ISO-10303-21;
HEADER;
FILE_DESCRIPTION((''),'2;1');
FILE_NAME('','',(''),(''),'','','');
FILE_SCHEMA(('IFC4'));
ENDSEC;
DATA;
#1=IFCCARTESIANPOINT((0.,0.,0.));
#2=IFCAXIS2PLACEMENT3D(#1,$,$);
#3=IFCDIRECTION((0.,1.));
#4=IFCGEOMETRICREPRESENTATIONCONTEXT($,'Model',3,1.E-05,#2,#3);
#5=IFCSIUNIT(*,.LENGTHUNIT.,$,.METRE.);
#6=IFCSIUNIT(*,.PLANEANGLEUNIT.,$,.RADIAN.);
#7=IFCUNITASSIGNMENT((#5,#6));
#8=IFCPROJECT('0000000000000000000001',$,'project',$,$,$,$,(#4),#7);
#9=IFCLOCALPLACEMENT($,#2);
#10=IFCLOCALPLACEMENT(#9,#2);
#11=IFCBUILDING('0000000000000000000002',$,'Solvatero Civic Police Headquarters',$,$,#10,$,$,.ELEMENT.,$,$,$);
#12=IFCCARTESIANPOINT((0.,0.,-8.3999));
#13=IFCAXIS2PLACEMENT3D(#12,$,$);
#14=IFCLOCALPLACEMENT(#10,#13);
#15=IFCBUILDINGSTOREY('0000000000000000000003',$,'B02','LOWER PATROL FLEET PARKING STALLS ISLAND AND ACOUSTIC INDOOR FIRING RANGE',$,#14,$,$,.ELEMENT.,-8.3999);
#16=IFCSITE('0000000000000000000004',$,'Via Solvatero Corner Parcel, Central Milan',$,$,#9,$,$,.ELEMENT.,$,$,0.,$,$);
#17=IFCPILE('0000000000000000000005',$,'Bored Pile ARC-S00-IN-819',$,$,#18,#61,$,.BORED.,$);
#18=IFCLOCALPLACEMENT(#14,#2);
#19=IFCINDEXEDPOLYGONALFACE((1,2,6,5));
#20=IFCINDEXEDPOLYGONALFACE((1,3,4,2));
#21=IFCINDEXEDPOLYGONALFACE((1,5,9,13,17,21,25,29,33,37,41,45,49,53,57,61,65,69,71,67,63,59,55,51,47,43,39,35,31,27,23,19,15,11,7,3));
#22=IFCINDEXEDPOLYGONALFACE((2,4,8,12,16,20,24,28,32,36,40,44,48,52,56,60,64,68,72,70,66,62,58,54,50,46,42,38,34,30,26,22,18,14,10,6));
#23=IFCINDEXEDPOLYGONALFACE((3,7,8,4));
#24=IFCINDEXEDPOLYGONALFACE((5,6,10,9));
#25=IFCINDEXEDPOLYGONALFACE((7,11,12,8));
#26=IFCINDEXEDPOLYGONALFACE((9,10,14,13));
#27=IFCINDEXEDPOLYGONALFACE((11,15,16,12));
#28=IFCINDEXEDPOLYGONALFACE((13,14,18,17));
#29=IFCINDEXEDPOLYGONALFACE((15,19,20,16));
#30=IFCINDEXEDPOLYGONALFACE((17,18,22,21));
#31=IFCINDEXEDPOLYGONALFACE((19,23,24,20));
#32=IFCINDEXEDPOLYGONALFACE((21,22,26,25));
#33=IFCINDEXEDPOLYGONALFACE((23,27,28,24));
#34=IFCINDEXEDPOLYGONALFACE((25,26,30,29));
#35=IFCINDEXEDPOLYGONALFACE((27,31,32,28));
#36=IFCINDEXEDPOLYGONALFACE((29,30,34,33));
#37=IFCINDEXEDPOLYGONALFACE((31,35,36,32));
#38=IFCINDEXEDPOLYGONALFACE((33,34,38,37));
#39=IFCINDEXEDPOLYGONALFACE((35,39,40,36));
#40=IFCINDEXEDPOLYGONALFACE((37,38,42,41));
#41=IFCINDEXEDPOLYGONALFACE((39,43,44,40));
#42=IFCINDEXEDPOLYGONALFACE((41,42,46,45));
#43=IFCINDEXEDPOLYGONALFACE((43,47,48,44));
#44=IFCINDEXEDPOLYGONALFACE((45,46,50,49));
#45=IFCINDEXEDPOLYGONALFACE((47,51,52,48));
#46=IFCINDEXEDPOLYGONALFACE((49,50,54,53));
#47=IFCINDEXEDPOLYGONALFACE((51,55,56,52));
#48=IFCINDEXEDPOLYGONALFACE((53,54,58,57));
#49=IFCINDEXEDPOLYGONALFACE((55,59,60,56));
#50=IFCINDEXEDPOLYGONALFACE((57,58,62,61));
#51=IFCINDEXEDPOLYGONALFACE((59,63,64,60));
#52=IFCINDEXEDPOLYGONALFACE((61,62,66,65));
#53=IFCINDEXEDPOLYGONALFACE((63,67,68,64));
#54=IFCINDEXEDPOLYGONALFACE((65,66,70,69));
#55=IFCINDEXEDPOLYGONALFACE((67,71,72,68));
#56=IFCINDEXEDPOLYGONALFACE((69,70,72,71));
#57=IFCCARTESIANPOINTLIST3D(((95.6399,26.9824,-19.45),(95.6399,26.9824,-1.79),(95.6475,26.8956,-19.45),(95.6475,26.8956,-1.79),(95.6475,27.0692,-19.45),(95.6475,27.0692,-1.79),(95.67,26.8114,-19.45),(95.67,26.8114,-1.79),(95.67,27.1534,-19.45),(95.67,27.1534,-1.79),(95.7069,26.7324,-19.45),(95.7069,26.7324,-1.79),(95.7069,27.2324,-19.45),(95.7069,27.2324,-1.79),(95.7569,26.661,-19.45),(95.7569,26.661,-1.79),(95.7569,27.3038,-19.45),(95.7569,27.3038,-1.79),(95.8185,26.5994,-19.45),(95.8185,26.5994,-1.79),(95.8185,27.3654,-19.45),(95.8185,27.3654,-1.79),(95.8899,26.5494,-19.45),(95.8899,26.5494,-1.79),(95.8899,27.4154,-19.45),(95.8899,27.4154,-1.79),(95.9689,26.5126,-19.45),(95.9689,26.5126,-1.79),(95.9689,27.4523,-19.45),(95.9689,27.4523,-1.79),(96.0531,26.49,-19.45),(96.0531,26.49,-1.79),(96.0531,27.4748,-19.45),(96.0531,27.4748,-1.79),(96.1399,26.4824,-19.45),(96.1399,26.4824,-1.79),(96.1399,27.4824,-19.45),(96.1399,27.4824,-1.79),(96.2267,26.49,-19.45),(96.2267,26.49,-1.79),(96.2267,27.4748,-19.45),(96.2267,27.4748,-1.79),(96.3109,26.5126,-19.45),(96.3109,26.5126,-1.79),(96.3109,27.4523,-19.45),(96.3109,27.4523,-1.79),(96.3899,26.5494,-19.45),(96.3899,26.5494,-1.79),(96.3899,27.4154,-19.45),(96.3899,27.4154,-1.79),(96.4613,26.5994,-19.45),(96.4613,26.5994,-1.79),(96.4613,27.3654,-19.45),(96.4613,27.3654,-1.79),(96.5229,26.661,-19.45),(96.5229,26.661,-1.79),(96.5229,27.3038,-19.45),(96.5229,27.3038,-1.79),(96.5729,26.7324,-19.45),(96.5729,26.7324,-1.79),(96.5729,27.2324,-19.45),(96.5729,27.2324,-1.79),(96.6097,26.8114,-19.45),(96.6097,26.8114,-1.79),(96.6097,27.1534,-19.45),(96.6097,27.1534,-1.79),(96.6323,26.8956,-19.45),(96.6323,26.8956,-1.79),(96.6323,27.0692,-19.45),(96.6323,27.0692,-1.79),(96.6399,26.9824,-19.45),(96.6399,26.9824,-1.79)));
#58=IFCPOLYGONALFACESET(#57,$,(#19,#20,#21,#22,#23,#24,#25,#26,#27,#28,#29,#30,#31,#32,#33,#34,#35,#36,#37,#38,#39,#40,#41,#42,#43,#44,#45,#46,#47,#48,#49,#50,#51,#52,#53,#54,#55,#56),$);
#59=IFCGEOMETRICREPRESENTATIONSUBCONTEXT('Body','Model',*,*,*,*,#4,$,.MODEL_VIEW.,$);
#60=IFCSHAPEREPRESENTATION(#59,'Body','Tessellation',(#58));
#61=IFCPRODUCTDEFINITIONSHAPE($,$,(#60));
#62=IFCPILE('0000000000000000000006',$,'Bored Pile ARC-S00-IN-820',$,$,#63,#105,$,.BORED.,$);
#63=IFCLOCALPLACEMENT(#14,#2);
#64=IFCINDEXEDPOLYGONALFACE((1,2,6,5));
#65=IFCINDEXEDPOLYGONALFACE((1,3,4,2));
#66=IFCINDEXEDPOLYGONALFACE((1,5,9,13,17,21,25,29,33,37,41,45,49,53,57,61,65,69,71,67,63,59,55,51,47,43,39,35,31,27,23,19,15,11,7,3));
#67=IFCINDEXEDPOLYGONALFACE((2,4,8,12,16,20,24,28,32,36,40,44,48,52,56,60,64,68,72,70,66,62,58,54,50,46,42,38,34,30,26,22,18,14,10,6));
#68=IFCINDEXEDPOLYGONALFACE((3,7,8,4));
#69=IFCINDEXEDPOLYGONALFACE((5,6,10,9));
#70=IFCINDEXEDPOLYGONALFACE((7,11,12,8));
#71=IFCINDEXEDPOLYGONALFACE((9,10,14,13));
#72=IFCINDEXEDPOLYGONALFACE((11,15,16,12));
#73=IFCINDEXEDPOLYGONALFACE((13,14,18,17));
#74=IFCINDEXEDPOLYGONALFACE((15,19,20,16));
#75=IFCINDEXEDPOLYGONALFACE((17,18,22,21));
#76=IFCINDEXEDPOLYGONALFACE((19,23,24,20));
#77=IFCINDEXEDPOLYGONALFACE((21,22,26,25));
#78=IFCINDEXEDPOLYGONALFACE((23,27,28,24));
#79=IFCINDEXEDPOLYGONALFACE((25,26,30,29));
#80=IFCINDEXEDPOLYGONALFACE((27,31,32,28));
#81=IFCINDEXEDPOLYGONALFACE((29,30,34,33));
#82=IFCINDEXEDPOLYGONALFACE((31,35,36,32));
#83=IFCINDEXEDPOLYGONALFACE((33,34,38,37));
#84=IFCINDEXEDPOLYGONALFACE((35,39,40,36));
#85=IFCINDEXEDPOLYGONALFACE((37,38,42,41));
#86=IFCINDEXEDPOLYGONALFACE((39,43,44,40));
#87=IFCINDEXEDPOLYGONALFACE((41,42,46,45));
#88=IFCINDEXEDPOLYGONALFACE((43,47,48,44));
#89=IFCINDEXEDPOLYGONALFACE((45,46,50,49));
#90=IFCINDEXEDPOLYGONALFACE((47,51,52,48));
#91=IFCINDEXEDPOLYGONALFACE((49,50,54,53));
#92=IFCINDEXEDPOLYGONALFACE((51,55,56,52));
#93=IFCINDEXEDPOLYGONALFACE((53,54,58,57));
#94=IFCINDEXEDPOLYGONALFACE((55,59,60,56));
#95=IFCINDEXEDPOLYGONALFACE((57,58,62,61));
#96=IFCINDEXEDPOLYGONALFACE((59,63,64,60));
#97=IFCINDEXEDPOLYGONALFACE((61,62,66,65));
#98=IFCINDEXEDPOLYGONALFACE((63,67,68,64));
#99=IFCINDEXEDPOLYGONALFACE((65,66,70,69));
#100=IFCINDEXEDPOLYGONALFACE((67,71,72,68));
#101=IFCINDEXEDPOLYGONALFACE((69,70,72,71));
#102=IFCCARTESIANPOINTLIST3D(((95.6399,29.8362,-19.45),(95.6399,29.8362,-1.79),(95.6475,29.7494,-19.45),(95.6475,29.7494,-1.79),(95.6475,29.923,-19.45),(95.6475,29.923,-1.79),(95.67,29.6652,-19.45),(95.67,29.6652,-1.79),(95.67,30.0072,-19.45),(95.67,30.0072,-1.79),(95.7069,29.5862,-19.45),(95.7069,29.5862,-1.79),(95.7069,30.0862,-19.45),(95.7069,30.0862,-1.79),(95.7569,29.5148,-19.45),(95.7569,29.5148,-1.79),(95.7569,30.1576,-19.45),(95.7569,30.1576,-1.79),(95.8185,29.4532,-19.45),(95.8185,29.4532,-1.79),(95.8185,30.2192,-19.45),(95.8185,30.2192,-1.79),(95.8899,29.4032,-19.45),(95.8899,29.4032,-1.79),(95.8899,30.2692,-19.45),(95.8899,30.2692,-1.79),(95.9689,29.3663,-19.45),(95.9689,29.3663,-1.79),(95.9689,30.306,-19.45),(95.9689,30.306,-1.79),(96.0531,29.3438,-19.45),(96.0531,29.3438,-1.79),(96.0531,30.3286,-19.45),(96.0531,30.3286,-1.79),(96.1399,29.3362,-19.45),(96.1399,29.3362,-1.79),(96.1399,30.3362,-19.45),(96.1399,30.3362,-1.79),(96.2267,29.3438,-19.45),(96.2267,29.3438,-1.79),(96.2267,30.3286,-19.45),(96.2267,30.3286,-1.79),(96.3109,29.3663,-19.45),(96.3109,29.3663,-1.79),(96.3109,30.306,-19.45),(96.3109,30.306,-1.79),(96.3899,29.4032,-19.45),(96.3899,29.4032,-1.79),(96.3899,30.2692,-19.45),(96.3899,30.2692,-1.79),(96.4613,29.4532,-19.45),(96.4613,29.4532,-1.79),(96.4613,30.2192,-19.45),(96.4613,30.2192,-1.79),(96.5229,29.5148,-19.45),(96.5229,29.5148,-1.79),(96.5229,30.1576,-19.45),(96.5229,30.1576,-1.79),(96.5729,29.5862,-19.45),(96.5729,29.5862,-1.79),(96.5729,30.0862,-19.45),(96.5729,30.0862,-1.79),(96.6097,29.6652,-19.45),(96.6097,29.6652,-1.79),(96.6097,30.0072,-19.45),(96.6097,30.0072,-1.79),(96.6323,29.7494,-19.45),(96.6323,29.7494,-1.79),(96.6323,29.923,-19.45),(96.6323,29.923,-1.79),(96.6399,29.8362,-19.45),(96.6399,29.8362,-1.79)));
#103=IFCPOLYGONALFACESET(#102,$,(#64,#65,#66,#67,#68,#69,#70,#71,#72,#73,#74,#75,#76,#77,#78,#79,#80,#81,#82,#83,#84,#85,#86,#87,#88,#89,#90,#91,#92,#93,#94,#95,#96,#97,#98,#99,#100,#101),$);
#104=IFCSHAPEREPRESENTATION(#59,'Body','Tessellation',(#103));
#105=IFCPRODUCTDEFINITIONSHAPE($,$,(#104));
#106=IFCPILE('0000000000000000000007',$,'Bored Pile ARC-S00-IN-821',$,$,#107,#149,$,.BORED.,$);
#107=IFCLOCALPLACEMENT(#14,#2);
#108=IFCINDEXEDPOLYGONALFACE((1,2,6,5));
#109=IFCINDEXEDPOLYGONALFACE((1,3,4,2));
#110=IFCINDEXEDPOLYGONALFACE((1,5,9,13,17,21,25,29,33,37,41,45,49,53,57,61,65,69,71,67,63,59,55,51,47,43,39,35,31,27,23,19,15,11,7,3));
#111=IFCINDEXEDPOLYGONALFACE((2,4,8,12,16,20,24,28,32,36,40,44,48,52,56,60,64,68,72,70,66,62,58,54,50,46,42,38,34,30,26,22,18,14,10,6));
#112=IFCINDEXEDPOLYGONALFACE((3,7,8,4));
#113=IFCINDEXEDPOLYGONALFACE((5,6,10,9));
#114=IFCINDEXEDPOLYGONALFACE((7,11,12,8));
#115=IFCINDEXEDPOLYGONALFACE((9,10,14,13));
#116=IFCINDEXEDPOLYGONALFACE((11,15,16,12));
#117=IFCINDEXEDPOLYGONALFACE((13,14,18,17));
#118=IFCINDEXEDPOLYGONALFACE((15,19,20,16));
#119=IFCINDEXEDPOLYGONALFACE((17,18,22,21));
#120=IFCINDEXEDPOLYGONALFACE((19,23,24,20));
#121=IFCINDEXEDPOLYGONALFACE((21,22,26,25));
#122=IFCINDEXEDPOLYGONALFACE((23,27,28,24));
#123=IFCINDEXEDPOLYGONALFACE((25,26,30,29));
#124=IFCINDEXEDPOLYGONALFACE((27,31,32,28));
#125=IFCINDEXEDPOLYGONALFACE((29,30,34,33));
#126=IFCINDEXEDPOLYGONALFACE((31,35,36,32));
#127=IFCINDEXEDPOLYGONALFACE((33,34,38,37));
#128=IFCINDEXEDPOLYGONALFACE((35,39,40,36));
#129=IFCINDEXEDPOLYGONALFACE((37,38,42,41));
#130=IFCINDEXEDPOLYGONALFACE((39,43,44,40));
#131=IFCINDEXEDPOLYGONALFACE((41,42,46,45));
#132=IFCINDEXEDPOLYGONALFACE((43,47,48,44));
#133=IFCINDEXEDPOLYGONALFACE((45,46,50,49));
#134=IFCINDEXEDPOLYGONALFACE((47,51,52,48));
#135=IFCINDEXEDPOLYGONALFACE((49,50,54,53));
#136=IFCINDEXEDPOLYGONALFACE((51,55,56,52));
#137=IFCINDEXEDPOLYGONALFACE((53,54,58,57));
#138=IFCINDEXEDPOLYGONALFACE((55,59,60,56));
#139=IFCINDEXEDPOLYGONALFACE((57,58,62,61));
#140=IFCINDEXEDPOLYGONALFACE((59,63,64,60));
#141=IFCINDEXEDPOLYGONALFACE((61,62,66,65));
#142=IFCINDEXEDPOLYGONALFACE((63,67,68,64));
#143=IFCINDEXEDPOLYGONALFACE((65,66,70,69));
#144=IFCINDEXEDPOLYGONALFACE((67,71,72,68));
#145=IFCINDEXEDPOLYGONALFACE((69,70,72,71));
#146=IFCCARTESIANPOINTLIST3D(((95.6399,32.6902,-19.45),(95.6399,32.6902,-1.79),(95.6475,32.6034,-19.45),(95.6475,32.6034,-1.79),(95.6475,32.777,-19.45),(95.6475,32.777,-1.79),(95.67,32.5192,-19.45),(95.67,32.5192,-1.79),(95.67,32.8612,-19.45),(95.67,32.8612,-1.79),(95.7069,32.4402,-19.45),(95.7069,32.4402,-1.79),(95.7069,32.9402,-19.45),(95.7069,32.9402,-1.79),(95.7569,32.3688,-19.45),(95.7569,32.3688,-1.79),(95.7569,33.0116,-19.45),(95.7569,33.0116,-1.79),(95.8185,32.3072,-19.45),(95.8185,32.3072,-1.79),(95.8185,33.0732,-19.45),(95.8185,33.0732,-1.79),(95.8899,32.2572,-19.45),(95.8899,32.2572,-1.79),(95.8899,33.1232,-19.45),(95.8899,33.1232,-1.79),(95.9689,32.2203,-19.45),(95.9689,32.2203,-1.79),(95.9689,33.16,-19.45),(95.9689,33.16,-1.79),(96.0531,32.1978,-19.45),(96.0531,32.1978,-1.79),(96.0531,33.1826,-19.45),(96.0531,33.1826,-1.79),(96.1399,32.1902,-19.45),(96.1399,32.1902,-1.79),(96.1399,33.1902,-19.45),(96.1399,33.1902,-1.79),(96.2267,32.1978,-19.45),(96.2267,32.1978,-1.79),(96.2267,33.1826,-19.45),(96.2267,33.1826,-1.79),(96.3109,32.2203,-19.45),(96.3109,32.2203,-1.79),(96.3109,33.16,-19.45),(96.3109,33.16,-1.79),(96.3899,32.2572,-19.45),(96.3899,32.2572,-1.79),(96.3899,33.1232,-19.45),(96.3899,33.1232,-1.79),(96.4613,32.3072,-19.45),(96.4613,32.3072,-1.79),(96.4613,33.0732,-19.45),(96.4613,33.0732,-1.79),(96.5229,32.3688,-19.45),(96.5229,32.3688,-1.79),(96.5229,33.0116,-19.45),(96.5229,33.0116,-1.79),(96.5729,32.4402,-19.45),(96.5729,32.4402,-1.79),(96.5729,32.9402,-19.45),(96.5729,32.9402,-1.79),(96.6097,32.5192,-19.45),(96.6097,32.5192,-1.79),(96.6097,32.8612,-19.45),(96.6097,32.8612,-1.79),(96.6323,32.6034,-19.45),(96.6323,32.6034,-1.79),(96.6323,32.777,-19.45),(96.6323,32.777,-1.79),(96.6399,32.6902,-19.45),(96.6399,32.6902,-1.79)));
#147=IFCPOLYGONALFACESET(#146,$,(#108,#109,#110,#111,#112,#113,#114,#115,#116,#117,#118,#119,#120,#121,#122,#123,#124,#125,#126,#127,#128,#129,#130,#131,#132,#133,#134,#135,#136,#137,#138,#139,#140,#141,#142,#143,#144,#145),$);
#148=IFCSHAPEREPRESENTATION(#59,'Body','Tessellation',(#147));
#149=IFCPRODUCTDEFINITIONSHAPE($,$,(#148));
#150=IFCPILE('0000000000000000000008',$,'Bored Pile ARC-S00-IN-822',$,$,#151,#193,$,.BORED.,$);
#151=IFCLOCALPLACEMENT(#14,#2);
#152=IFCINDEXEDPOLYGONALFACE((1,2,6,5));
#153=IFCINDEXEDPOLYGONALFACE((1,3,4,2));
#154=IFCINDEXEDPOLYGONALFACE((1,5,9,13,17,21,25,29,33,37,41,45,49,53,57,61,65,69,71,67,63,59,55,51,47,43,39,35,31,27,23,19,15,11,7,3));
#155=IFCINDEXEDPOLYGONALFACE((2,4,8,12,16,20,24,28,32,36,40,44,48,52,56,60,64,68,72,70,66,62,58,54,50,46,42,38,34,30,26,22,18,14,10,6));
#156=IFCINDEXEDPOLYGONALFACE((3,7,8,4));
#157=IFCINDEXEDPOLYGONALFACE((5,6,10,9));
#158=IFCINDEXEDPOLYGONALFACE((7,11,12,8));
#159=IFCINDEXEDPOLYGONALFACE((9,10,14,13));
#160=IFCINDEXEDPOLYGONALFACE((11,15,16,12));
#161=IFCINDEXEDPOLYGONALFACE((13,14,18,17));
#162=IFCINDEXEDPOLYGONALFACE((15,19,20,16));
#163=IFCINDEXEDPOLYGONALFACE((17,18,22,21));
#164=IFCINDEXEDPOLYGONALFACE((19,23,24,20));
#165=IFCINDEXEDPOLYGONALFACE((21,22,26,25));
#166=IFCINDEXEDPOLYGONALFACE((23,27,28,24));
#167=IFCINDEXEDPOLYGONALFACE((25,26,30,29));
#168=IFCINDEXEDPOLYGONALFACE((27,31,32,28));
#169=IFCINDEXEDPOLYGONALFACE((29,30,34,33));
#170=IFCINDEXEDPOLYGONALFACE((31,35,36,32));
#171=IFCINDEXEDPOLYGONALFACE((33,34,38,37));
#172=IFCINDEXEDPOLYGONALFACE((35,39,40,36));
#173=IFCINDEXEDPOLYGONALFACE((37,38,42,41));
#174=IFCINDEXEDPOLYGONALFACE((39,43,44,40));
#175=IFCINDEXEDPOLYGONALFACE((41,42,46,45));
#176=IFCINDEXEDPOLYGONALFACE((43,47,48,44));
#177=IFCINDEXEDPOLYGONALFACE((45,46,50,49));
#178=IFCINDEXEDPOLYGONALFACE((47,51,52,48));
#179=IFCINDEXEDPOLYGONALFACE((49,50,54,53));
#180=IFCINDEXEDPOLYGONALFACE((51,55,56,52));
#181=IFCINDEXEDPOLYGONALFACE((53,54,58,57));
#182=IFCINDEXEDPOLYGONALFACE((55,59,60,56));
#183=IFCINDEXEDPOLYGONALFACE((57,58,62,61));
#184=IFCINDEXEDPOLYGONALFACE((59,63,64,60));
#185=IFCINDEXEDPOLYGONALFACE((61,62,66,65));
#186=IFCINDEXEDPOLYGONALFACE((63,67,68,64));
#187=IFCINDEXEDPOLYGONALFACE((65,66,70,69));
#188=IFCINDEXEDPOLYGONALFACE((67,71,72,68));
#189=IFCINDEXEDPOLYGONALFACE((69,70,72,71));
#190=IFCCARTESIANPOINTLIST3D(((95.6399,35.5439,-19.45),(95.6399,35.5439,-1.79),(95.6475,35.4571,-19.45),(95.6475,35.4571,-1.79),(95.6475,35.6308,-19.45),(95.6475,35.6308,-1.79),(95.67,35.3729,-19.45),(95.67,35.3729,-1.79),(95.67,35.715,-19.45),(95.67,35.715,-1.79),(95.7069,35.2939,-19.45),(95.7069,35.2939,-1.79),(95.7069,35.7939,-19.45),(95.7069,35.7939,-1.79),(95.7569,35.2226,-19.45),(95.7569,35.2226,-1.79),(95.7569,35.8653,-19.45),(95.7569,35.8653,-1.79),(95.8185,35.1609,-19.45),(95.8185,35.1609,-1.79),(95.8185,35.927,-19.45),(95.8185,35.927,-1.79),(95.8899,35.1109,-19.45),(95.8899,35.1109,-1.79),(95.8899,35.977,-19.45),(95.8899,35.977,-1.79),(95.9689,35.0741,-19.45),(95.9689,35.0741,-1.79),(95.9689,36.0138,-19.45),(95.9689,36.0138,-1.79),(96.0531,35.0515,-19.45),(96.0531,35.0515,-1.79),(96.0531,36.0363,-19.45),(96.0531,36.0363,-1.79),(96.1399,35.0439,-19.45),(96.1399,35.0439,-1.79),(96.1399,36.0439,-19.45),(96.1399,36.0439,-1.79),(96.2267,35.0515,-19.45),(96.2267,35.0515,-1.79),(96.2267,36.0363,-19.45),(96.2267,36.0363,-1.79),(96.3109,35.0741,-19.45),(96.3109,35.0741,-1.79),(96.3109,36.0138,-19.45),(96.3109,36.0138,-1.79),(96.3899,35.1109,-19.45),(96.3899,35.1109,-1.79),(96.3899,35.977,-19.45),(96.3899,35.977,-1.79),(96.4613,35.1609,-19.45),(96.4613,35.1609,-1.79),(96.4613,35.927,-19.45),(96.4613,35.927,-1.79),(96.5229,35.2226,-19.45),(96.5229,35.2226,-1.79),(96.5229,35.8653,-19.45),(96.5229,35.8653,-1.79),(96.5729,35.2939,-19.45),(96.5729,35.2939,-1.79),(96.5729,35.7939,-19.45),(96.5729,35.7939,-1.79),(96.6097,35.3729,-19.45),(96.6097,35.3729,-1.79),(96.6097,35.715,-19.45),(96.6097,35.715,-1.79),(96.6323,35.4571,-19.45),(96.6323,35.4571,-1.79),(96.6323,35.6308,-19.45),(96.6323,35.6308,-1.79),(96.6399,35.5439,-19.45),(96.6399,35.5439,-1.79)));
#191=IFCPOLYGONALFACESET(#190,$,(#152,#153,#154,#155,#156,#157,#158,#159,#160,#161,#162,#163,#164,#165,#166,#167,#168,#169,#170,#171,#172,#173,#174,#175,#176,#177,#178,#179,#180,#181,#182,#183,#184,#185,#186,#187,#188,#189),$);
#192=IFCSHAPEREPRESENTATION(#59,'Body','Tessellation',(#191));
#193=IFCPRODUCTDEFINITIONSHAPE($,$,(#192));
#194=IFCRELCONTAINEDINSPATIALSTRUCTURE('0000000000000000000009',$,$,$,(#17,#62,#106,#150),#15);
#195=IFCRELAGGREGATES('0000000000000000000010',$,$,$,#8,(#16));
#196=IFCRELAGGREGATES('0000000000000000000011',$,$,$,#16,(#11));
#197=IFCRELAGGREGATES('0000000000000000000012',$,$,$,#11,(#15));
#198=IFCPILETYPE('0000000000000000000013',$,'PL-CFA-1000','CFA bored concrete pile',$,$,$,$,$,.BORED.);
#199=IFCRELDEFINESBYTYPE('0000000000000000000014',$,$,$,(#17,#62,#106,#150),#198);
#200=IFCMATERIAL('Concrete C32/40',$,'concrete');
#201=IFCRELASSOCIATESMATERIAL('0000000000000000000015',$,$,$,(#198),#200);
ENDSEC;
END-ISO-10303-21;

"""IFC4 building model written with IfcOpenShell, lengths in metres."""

from ifc_helpers import new_model, si_unit, direction, frame, origin, origin_2d, place, context, subcontext, project, spatial, circle, extrude, material, material_profile, profile_set, type_object, element, save


model = new_model("IFC4")

# Units and contexts
model_context = context("Model", 3, precision=1e-05, world=origin(), true_north=direction((0.0, 1.0)))
body_context = subcontext(model_context, "Body", "Model", "MODEL_VIEW")
ifc_project = project(units=[si_unit("LENGTHUNIT", "METRE"), si_unit("PLANEANGLEUNIT", "RADIAN")], contexts=[model_context])

# Site, building, storey
site_placement = place(None, origin())
site = spatial("IfcSite", under=ifc_project, at=site_placement, Name="Via Solvatero Corner Parcel, Central Milan", CompositionType="ELEMENT", RefElevation=0.0)
building_placement = place(site_placement, origin())
building = spatial("IfcBuilding", under=site, at=building_placement, Name="Solvatero Civic Police Headquarters", CompositionType="ELEMENT")
storey_placement = place(building_placement, frame((0.0, 0.0, -8.3999)))
storey = spatial("IfcBuildingStorey", under=building, at=storey_placement, Name="B02", Description="LOWER PATROL FLEET PARKING STALLS ISLAND AND ACOUSTIC INDOOR FIRING RANGE", CompositionType="ELEMENT", Elevation=-8.3999)

# Piles
ifc_material_1 = material(Name="Concrete C32/40", Category="concrete")
ifc_material_profile_1 = material_profile(ifc_material_1, circle(Radius=0.5, at=origin_2d()), Name="CFA PILE D1000")
ifc_profile_set_1 = profile_set([ifc_material_profile_1], Name="Concrete C32/40")
pile_type = type_object("IfcPileType", Name="PL-CFA-1000", Description="CFA bored concrete pile", PredefinedType="BORED", material=ifc_profile_set_1)
for number, where, z_axis, x_axis, name in (
    (1, (96.1399, 26.9824, -1.79), (0.0, 0.0, -1.0), (1.0, 0.0, 0.0), "Bored Pile ARC-S00-IN-819"),
    (2, (96.1399, 29.8362, -1.79), (0.0, 0.0, -1.0), (1.0, 0.0, 0.0), "Bored Pile ARC-S00-IN-820"),
    (3, (96.1399, 32.6902, -1.79), (0.0, 0.0, -1.0), (1.0, 0.0, 0.0), "Bored Pile ARC-S00-IN-821"),
    (4, (96.1399, 35.5439, -1.79), (0.0, 0.0, -1.0), (1.0, 0.0, 0.0), "Bored Pile ARC-S00-IN-822"),
):
    element("IfcPile", number, at=place(storey_placement, frame(where, z_axis=z_axis, x_axis=x_axis)), inside=storey, type_object=pile_type, Name=name, PredefinedType="BORED", context=body_context, shape_type="SweptSolid", body=[
        extrude(circle(Radius=0.5, at=origin_2d()), origin(), (0.0, 0.0, 1.0), 17.6599),
    ])

save(model, "model.ifc")
